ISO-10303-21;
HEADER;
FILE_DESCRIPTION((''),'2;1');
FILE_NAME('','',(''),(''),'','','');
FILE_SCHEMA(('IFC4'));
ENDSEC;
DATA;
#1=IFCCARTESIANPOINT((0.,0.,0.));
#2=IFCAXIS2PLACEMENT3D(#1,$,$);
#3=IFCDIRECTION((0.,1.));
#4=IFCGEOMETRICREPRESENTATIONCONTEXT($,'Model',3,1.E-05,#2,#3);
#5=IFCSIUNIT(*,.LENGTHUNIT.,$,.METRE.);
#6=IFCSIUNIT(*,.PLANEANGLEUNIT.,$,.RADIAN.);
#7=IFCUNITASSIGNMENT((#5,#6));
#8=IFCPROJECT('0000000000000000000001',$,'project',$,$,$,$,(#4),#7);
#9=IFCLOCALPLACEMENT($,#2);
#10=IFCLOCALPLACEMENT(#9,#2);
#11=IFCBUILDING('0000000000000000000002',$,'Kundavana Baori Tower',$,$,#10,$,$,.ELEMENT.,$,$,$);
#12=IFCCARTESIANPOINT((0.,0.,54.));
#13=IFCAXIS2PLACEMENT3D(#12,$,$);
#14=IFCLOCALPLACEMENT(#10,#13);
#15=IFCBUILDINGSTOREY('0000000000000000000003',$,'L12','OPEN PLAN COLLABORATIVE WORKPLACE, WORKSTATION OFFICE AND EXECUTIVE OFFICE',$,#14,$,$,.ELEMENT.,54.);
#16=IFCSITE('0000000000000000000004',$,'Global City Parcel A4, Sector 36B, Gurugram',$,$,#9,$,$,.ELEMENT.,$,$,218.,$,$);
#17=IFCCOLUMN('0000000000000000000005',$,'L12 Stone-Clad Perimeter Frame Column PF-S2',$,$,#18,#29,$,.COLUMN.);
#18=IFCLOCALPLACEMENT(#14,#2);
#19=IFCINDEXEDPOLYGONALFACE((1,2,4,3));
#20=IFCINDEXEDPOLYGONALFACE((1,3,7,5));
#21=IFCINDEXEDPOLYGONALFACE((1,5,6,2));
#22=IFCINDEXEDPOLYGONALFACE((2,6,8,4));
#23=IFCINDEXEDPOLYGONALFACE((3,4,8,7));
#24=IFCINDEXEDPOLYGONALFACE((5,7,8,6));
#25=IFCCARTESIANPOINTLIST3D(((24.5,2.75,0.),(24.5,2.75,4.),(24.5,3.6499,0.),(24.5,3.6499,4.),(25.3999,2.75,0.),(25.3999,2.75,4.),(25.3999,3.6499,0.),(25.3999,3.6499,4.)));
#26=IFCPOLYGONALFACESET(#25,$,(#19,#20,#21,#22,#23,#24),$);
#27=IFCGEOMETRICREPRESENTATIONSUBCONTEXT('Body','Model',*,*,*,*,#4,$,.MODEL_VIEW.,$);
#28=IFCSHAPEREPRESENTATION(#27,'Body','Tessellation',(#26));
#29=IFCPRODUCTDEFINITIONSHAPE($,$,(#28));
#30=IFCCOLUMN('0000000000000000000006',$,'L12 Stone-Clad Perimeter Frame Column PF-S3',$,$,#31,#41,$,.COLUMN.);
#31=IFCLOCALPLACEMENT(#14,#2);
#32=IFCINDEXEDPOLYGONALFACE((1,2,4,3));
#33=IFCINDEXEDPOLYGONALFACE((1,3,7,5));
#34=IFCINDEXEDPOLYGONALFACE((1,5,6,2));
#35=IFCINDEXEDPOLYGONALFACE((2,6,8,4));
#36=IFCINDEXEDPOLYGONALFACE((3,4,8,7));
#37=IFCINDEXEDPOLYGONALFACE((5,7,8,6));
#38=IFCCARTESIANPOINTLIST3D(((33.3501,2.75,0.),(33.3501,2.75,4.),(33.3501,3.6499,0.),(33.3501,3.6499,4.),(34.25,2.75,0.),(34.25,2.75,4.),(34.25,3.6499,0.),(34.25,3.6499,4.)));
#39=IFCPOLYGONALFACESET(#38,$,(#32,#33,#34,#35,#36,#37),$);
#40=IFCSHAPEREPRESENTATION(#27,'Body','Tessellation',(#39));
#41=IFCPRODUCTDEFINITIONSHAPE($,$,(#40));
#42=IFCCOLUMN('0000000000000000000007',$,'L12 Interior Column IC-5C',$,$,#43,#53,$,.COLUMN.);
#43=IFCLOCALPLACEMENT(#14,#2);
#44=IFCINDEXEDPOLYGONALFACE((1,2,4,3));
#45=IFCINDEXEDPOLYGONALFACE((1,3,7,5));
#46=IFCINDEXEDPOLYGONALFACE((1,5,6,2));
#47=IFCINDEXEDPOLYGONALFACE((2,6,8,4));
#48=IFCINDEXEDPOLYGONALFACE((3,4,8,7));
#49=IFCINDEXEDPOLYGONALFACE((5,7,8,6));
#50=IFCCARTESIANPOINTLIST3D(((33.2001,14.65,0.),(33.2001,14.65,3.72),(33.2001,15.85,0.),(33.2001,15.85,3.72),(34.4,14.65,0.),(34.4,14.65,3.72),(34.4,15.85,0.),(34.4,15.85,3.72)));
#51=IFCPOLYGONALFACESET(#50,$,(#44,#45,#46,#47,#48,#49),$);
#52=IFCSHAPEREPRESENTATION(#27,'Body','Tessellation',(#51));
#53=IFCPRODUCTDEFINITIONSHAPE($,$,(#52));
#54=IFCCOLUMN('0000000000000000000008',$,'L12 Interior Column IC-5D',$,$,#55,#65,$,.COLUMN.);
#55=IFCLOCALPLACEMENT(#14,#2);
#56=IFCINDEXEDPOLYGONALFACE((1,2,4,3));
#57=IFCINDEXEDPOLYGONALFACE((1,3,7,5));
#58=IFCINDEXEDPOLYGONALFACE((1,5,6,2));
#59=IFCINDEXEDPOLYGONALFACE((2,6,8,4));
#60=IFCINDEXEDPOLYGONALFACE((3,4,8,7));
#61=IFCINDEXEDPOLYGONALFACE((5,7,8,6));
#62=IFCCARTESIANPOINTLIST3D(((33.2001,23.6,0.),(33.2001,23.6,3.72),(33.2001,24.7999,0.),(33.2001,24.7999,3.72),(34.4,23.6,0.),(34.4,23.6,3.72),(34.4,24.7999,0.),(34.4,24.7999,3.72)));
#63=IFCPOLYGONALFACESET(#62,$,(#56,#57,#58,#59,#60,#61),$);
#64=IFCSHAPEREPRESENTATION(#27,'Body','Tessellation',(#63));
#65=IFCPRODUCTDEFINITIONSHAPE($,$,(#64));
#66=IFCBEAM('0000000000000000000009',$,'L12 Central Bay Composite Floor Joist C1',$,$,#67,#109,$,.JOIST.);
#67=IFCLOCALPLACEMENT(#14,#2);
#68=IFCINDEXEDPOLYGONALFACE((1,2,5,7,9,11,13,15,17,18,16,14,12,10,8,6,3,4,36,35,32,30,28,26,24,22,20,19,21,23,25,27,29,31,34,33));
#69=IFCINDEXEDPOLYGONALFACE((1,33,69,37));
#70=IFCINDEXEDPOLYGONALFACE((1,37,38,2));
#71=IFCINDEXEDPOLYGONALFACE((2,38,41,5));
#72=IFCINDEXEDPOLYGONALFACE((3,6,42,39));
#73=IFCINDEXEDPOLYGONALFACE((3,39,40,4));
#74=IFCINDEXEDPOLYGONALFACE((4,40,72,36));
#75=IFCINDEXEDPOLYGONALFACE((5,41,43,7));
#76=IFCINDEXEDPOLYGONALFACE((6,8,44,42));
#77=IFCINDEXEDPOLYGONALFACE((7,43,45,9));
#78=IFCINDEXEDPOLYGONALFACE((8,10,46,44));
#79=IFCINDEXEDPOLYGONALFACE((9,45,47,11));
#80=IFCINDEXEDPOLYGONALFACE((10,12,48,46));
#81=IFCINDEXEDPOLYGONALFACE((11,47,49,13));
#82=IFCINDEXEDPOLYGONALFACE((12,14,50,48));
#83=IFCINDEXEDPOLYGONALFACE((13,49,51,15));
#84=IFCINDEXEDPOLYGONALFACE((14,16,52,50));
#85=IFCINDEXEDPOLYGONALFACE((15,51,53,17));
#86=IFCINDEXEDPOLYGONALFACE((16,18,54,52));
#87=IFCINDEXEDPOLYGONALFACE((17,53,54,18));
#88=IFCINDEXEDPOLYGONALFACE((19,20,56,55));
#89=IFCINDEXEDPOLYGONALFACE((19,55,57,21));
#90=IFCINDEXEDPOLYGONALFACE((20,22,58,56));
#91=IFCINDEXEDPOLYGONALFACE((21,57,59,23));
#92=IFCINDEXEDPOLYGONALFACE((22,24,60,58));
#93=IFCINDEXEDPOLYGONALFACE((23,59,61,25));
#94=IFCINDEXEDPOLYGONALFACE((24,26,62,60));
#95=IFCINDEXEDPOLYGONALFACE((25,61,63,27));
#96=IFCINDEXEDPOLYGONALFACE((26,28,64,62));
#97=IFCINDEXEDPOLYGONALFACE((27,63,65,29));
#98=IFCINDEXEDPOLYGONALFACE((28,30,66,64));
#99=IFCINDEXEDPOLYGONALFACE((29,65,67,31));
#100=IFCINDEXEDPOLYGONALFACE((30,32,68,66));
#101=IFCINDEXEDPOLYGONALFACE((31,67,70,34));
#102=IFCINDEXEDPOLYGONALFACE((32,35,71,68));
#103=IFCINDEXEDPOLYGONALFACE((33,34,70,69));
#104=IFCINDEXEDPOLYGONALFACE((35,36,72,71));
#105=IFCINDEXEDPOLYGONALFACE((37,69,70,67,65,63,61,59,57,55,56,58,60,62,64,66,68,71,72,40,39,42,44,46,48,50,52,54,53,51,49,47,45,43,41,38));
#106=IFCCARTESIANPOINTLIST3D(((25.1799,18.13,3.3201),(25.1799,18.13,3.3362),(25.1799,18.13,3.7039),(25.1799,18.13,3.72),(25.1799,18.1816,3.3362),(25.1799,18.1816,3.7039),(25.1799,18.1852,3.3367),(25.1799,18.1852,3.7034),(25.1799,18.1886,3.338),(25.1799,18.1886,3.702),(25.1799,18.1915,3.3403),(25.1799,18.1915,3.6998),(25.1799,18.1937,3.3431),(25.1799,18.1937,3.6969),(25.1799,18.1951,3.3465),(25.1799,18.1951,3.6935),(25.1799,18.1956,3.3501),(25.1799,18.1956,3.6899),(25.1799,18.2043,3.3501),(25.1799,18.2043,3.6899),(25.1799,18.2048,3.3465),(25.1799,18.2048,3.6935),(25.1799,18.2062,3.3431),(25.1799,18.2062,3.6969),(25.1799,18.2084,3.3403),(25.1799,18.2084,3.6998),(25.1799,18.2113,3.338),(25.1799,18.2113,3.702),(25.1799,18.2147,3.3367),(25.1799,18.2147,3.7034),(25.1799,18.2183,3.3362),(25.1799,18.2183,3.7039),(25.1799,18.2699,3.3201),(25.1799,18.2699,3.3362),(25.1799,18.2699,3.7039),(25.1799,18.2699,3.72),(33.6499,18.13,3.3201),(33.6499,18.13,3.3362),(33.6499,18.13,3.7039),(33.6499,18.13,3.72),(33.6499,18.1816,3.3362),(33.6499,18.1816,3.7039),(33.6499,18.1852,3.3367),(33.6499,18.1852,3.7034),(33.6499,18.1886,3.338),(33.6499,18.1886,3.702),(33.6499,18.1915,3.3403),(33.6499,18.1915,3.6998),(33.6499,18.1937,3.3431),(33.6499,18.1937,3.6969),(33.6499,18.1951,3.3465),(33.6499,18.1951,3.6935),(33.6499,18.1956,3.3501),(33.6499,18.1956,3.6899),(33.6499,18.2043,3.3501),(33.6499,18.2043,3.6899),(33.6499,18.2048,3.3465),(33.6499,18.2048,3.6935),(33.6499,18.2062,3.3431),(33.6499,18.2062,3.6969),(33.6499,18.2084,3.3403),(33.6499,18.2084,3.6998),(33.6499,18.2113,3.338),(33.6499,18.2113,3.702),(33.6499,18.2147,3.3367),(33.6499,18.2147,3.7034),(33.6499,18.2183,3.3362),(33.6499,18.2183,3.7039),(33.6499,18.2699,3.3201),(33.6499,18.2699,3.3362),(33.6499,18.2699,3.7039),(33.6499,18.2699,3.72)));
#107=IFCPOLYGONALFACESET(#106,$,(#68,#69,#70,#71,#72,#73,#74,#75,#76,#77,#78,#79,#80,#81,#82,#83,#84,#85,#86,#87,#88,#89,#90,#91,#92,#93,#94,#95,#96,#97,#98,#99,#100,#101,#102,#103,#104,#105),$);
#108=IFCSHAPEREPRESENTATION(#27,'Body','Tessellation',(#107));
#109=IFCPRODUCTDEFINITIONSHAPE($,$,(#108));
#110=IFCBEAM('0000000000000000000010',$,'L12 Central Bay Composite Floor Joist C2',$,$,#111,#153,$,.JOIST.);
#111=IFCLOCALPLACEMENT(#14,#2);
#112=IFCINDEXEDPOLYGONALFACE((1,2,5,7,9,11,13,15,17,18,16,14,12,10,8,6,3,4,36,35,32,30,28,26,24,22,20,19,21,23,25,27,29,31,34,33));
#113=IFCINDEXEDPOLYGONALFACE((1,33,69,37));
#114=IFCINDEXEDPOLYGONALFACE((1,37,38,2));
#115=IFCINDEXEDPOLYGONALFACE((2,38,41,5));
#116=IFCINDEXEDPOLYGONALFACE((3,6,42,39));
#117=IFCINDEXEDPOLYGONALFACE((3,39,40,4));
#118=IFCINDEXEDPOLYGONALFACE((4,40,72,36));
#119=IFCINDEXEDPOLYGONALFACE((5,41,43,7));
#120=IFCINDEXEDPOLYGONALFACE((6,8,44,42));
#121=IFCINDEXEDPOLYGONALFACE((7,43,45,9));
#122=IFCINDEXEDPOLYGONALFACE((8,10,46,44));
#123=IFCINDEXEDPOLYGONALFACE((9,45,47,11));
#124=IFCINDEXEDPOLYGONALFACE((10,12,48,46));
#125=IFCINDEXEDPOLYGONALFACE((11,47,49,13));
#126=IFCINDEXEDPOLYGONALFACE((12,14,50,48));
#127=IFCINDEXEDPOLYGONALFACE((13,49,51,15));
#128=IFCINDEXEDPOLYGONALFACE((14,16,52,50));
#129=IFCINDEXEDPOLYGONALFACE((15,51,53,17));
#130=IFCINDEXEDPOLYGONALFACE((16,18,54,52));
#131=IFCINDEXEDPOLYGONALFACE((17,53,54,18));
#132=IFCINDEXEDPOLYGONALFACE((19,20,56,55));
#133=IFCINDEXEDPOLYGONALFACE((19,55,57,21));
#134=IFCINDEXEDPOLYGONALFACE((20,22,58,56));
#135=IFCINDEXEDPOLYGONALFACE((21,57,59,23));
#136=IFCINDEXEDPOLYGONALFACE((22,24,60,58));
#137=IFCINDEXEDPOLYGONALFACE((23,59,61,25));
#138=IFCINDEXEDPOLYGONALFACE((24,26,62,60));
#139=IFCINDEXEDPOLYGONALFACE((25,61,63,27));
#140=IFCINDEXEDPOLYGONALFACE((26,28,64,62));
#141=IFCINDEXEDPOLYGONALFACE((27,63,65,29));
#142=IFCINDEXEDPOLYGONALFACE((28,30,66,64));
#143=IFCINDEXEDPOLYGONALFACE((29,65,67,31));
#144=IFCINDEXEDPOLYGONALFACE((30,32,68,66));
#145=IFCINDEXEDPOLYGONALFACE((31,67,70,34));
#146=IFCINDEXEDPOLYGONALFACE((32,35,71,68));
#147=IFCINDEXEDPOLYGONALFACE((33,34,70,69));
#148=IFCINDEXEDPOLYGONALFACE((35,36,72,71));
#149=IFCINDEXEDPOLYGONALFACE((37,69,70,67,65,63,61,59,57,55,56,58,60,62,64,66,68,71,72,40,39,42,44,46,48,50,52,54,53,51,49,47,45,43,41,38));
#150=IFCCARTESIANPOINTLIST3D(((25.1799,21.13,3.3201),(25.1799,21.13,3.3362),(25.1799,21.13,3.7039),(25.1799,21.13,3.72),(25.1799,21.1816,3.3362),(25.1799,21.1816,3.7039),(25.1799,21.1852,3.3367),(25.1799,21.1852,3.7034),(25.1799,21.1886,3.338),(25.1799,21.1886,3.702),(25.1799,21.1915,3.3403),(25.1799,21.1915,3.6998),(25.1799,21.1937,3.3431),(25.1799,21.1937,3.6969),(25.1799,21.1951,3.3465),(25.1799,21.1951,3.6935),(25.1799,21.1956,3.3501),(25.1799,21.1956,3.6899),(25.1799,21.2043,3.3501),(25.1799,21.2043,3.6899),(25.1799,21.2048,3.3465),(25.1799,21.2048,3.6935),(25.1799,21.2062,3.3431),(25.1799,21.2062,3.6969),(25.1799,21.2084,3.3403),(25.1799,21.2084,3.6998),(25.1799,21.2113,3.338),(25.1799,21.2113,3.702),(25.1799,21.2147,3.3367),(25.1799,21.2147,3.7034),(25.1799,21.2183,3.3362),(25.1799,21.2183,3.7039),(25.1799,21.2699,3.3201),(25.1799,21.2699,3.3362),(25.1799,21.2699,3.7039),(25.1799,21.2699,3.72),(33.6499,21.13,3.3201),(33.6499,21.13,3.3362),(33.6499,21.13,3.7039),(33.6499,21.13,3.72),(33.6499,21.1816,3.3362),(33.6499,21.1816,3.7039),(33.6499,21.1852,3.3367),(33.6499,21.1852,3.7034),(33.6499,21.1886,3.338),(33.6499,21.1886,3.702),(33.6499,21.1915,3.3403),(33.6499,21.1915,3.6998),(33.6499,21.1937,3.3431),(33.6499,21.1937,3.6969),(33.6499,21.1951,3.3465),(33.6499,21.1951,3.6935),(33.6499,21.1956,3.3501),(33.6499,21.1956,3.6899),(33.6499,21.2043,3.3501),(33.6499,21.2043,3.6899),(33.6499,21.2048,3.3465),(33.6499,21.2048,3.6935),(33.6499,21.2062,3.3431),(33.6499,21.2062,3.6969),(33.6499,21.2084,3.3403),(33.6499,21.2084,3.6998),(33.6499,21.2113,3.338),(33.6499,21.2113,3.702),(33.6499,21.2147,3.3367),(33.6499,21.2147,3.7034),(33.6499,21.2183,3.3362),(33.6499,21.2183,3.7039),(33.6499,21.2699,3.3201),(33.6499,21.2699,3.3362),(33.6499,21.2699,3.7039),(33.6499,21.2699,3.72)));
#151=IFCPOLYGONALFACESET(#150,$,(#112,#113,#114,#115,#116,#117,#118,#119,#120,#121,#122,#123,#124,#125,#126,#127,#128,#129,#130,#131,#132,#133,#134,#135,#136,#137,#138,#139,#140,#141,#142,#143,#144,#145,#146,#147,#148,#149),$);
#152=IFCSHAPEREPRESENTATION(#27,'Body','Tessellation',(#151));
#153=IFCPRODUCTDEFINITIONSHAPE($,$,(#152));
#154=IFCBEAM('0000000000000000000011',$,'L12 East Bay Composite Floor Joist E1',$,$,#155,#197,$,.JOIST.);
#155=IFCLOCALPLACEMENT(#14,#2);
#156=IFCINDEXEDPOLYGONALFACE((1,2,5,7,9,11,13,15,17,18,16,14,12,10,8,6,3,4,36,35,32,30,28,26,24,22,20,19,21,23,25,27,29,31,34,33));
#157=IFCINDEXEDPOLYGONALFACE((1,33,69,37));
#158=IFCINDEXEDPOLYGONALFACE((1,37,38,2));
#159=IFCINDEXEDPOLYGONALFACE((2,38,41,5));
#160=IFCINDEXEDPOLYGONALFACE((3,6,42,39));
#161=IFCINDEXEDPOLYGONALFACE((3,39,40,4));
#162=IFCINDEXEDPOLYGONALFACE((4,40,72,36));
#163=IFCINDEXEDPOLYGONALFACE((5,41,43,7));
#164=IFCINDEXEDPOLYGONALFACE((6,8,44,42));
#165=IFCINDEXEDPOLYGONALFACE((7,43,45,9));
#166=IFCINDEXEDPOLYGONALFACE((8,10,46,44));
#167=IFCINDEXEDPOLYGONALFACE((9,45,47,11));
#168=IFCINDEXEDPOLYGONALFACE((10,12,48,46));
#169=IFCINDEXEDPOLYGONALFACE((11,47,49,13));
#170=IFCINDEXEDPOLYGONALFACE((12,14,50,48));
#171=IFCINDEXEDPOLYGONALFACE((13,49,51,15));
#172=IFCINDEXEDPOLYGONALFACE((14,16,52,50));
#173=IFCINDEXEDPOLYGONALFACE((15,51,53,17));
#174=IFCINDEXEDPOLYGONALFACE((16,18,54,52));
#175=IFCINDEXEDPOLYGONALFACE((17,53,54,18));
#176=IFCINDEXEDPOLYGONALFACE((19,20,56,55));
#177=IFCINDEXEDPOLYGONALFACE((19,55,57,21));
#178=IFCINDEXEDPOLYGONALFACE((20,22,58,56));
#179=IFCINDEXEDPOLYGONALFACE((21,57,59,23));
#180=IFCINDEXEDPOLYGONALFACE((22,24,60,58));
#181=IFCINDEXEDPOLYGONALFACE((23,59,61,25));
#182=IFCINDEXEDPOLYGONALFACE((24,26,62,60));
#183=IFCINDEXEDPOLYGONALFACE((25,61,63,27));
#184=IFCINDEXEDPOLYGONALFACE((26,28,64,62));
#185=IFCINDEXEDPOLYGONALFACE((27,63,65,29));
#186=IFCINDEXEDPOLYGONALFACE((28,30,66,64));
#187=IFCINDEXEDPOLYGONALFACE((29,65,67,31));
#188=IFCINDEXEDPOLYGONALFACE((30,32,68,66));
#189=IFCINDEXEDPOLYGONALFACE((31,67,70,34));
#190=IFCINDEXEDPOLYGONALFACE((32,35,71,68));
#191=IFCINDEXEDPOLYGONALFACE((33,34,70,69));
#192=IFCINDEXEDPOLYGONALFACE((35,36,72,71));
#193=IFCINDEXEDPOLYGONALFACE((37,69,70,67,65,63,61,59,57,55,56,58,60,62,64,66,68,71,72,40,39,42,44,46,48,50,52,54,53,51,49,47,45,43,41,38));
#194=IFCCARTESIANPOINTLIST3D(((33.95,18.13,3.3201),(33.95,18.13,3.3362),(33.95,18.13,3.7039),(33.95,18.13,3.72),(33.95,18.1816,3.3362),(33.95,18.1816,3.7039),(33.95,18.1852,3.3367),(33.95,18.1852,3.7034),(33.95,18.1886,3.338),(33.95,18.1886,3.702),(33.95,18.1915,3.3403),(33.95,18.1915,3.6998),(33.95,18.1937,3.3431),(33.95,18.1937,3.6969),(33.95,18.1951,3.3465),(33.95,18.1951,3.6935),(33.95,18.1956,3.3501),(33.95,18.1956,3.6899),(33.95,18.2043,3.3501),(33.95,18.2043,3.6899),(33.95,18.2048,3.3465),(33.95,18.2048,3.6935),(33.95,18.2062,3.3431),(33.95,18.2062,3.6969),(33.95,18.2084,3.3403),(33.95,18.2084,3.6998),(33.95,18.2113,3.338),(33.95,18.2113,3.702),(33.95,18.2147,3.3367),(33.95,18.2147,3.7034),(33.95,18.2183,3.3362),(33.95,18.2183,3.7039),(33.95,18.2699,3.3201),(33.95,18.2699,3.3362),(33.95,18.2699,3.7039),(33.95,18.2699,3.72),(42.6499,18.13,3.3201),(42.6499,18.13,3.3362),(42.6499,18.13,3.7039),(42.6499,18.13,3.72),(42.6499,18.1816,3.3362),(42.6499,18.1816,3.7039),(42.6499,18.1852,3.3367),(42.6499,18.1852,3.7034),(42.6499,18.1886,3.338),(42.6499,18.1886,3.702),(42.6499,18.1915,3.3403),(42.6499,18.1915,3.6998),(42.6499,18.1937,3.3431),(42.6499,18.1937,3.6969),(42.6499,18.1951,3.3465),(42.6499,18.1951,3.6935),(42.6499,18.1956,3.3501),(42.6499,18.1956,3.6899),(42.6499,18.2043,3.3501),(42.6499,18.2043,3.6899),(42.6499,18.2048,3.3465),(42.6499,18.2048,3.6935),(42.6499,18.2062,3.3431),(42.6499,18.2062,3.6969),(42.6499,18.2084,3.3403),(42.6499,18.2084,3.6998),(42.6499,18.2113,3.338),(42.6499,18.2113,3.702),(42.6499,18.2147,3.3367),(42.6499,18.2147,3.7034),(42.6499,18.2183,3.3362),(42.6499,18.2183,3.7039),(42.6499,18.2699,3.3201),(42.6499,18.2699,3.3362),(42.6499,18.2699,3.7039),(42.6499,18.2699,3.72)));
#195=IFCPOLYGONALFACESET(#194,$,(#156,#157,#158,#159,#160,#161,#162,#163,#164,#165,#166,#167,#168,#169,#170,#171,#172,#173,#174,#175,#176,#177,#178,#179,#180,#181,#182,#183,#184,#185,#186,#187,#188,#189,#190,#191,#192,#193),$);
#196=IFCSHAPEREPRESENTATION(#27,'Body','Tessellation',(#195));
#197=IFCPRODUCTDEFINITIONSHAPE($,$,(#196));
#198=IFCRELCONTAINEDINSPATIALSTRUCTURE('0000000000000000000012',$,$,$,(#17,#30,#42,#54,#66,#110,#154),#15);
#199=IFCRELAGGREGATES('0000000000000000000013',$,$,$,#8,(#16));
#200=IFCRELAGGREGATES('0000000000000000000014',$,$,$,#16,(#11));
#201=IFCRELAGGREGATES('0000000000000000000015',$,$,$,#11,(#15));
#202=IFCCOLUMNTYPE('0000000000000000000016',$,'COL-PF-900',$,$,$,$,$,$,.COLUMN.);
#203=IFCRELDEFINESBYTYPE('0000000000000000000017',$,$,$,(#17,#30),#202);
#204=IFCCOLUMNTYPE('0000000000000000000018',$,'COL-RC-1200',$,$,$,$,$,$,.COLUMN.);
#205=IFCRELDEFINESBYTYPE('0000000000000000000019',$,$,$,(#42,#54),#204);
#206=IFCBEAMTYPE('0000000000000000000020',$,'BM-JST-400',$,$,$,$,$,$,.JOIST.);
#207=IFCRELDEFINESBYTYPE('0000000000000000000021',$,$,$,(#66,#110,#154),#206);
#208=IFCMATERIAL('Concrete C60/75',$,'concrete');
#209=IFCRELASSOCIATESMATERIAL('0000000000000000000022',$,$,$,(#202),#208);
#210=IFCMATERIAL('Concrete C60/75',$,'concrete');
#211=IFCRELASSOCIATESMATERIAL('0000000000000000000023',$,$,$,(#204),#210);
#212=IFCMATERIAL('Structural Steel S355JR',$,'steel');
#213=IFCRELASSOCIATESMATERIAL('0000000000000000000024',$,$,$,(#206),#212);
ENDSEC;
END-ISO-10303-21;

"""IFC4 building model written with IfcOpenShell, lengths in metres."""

from ifc_helpers import new_model, si_unit, direction, frame, origin, origin_2d, place, context, subcontext, project, spatial, rectangle, i_section, extrude, material, material_profile, profile_set, type_object, element, save


model = new_model("IFC4")

# Units and contexts
model_context = context("Model", 3, precision=1e-05, world=origin(), true_north=direction((0.0, 1.0)))
body_context = subcontext(model_context, "Body", "Model", "MODEL_VIEW")
ifc_project = project(units=[si_unit("LENGTHUNIT", "METRE"), si_unit("PLANEANGLEUNIT", "RADIAN")], contexts=[model_context])

# Site, building, storey
site_placement = place(None, origin())
site = spatial("IfcSite", under=ifc_project, at=site_placement, Name="Global City Parcel A4, Sector 36B, Gurugram", CompositionType="ELEMENT", RefElevation=218.0)
building_placement = place(site_placement, origin())
building = spatial("IfcBuilding", under=site, at=building_placement, Name="Kundavana Baori Tower", CompositionType="ELEMENT")
storey_placement = place(building_placement, frame((0.0, 0.0, 54.0)))
storey = spatial("IfcBuildingStorey", under=building, at=storey_placement, Name="L12", Description="OPEN PLAN COLLABORATIVE WORKPLACE, WORKSTATION OFFICE AND EXECUTIVE OFFICE", CompositionType="ELEMENT", Elevation=54.0)

# Columns
ifc_material_1 = material(Name="Concrete C60/75", Category="concrete")
ifc_material_profile_1 = material_profile(ifc_material_1, rectangle(XDim=0.8999, YDim=0.8999, at=origin_2d()), Name="RC PF 900x900")
ifc_profile_set_1 = profile_set([ifc_material_profile_1], Name="Concrete C60/75")
column_type_1 = type_object("IfcColumnType", Name="COL-PF-900", PredefinedType="COLUMN", material=ifc_profile_set_1)
for number, where, z_axis, x_axis, name in (
    (1, (24.95, 3.2, 0.0), (0.0, 0.0, 1.0), (1.0, 0.0, 0.0), "L12 Stone-Clad Perimeter Frame Column PF-S2"),
    (2, (33.8, 3.2, 0.0), (0.0, 0.0, 1.0), (1.0, 0.0, 0.0), "L12 Stone-Clad Perimeter Frame Column PF-S3"),
):
    element("IfcColumn", number, at=place(storey_placement, frame(where, z_axis=z_axis, x_axis=x_axis)), inside=storey, type_object=column_type_1, Name=name, PredefinedType="COLUMN", context=body_context, shape_type="SweptSolid", body=[
        extrude(rectangle(XDim=0.8999, YDim=0.8999, at=origin_2d()), origin(), (0.0, 0.0, 1.0), 4.0),
    ])
ifc_material_2 = material(Name="Concrete C60/75", Category="concrete")
ifc_material_profile_2 = material_profile(ifc_material_2, rectangle(XDim=1.2, YDim=1.2, at=origin_2d()), Name="RC 1200x1200")
ifc_profile_set_2 = profile_set([ifc_material_profile_2], Name="Concrete C60/75")
column_type_2 = type_object("IfcColumnType", Name="COL-RC-1200", PredefinedType="COLUMN", material=ifc_profile_set_2)
for number, where, z_axis, x_axis, name in (
    (3, (33.8, 15.25, 0.0), (0.0, 0.0, 1.0), (1.0, 0.0, 0.0), "L12 Interior Column IC-5C"),
    (4, (33.8, 24.2, 0.0), (0.0, 0.0, 1.0), (1.0, 0.0, 0.0), "L12 Interior Column IC-5D"),
):
    element("IfcColumn", number, at=place(storey_placement, frame(where, z_axis=z_axis, x_axis=x_axis)), inside=storey, type_object=column_type_2, Name=name, PredefinedType="COLUMN", context=body_context, shape_type="SweptSolid", body=[
        extrude(rectangle(XDim=1.2, YDim=1.2, at=origin_2d()), origin(), (0.0, 0.0, 1.0), 3.72),
    ])

# Beams
ifc_material_3 = material(Name="Structural Steel S355JR", Category="steel")
ifc_material_profile_3 = material_profile(ifc_material_3, i_section(OverallWidth=0.1399, OverallDepth=0.3999, WebThickness=0.0088, FlangeThickness=0.0161, FilletRadius=0.0139, at=origin_2d()), Name="ISMB 400")
ifc_profile_set_3 = profile_set([ifc_material_profile_3], Name="Structural Steel S355JR")
beam_type_1 = type_object("IfcBeamType", Name="BM-JST-400", PredefinedType="JOIST", material=ifc_profile_set_3)
for number, where, z_axis, x_axis, name in (
    (5, (25.1799, 18.2, 3.52), (1.0, 0.0, 0.0), (0.0, 1.0, 0.0), "L12 Central Bay Composite Floor Joist C1"),
    (6, (25.1799, 21.2, 3.52), (1.0, 0.0, 0.0), (0.0, 1.0, 0.0), "L12 Central Bay Composite Floor Joist C2"),
):
    element("IfcBeam", number, at=place(storey_placement, frame(where, z_axis=z_axis, x_axis=x_axis)), inside=storey, type_object=beam_type_1, Name=name, PredefinedType="JOIST", context=body_context, shape_type="SweptSolid", body=[
        extrude(i_section(OverallWidth=0.1399, OverallDepth=0.3999, WebThickness=0.0088, FlangeThickness=0.0161, FilletRadius=0.0139, at=origin_2d()), origin(), (0.0, 0.0, 1.0), 8.47),
    ])
beam_1_placement = place(storey_placement, frame((33.95, 18.2, 3.52), z_axis=(1.0, 0.0, 0.0), x_axis=(0.0, 1.0, 0.0)))
element("IfcBeam", 7, at=beam_1_placement, inside=storey, type_object=beam_type_1, Name="L12 East Bay Composite Floor Joist E1", PredefinedType="JOIST", context=body_context, shape_type="SweptSolid", body=[
    extrude(i_section(OverallWidth=0.1399, OverallDepth=0.3999, WebThickness=0.0088, FlangeThickness=0.0161, FilletRadius=0.0139, at=origin_2d()), origin(), (0.0, 0.0, 1.0), 8.7),
])

save(model, "model.ifc")
